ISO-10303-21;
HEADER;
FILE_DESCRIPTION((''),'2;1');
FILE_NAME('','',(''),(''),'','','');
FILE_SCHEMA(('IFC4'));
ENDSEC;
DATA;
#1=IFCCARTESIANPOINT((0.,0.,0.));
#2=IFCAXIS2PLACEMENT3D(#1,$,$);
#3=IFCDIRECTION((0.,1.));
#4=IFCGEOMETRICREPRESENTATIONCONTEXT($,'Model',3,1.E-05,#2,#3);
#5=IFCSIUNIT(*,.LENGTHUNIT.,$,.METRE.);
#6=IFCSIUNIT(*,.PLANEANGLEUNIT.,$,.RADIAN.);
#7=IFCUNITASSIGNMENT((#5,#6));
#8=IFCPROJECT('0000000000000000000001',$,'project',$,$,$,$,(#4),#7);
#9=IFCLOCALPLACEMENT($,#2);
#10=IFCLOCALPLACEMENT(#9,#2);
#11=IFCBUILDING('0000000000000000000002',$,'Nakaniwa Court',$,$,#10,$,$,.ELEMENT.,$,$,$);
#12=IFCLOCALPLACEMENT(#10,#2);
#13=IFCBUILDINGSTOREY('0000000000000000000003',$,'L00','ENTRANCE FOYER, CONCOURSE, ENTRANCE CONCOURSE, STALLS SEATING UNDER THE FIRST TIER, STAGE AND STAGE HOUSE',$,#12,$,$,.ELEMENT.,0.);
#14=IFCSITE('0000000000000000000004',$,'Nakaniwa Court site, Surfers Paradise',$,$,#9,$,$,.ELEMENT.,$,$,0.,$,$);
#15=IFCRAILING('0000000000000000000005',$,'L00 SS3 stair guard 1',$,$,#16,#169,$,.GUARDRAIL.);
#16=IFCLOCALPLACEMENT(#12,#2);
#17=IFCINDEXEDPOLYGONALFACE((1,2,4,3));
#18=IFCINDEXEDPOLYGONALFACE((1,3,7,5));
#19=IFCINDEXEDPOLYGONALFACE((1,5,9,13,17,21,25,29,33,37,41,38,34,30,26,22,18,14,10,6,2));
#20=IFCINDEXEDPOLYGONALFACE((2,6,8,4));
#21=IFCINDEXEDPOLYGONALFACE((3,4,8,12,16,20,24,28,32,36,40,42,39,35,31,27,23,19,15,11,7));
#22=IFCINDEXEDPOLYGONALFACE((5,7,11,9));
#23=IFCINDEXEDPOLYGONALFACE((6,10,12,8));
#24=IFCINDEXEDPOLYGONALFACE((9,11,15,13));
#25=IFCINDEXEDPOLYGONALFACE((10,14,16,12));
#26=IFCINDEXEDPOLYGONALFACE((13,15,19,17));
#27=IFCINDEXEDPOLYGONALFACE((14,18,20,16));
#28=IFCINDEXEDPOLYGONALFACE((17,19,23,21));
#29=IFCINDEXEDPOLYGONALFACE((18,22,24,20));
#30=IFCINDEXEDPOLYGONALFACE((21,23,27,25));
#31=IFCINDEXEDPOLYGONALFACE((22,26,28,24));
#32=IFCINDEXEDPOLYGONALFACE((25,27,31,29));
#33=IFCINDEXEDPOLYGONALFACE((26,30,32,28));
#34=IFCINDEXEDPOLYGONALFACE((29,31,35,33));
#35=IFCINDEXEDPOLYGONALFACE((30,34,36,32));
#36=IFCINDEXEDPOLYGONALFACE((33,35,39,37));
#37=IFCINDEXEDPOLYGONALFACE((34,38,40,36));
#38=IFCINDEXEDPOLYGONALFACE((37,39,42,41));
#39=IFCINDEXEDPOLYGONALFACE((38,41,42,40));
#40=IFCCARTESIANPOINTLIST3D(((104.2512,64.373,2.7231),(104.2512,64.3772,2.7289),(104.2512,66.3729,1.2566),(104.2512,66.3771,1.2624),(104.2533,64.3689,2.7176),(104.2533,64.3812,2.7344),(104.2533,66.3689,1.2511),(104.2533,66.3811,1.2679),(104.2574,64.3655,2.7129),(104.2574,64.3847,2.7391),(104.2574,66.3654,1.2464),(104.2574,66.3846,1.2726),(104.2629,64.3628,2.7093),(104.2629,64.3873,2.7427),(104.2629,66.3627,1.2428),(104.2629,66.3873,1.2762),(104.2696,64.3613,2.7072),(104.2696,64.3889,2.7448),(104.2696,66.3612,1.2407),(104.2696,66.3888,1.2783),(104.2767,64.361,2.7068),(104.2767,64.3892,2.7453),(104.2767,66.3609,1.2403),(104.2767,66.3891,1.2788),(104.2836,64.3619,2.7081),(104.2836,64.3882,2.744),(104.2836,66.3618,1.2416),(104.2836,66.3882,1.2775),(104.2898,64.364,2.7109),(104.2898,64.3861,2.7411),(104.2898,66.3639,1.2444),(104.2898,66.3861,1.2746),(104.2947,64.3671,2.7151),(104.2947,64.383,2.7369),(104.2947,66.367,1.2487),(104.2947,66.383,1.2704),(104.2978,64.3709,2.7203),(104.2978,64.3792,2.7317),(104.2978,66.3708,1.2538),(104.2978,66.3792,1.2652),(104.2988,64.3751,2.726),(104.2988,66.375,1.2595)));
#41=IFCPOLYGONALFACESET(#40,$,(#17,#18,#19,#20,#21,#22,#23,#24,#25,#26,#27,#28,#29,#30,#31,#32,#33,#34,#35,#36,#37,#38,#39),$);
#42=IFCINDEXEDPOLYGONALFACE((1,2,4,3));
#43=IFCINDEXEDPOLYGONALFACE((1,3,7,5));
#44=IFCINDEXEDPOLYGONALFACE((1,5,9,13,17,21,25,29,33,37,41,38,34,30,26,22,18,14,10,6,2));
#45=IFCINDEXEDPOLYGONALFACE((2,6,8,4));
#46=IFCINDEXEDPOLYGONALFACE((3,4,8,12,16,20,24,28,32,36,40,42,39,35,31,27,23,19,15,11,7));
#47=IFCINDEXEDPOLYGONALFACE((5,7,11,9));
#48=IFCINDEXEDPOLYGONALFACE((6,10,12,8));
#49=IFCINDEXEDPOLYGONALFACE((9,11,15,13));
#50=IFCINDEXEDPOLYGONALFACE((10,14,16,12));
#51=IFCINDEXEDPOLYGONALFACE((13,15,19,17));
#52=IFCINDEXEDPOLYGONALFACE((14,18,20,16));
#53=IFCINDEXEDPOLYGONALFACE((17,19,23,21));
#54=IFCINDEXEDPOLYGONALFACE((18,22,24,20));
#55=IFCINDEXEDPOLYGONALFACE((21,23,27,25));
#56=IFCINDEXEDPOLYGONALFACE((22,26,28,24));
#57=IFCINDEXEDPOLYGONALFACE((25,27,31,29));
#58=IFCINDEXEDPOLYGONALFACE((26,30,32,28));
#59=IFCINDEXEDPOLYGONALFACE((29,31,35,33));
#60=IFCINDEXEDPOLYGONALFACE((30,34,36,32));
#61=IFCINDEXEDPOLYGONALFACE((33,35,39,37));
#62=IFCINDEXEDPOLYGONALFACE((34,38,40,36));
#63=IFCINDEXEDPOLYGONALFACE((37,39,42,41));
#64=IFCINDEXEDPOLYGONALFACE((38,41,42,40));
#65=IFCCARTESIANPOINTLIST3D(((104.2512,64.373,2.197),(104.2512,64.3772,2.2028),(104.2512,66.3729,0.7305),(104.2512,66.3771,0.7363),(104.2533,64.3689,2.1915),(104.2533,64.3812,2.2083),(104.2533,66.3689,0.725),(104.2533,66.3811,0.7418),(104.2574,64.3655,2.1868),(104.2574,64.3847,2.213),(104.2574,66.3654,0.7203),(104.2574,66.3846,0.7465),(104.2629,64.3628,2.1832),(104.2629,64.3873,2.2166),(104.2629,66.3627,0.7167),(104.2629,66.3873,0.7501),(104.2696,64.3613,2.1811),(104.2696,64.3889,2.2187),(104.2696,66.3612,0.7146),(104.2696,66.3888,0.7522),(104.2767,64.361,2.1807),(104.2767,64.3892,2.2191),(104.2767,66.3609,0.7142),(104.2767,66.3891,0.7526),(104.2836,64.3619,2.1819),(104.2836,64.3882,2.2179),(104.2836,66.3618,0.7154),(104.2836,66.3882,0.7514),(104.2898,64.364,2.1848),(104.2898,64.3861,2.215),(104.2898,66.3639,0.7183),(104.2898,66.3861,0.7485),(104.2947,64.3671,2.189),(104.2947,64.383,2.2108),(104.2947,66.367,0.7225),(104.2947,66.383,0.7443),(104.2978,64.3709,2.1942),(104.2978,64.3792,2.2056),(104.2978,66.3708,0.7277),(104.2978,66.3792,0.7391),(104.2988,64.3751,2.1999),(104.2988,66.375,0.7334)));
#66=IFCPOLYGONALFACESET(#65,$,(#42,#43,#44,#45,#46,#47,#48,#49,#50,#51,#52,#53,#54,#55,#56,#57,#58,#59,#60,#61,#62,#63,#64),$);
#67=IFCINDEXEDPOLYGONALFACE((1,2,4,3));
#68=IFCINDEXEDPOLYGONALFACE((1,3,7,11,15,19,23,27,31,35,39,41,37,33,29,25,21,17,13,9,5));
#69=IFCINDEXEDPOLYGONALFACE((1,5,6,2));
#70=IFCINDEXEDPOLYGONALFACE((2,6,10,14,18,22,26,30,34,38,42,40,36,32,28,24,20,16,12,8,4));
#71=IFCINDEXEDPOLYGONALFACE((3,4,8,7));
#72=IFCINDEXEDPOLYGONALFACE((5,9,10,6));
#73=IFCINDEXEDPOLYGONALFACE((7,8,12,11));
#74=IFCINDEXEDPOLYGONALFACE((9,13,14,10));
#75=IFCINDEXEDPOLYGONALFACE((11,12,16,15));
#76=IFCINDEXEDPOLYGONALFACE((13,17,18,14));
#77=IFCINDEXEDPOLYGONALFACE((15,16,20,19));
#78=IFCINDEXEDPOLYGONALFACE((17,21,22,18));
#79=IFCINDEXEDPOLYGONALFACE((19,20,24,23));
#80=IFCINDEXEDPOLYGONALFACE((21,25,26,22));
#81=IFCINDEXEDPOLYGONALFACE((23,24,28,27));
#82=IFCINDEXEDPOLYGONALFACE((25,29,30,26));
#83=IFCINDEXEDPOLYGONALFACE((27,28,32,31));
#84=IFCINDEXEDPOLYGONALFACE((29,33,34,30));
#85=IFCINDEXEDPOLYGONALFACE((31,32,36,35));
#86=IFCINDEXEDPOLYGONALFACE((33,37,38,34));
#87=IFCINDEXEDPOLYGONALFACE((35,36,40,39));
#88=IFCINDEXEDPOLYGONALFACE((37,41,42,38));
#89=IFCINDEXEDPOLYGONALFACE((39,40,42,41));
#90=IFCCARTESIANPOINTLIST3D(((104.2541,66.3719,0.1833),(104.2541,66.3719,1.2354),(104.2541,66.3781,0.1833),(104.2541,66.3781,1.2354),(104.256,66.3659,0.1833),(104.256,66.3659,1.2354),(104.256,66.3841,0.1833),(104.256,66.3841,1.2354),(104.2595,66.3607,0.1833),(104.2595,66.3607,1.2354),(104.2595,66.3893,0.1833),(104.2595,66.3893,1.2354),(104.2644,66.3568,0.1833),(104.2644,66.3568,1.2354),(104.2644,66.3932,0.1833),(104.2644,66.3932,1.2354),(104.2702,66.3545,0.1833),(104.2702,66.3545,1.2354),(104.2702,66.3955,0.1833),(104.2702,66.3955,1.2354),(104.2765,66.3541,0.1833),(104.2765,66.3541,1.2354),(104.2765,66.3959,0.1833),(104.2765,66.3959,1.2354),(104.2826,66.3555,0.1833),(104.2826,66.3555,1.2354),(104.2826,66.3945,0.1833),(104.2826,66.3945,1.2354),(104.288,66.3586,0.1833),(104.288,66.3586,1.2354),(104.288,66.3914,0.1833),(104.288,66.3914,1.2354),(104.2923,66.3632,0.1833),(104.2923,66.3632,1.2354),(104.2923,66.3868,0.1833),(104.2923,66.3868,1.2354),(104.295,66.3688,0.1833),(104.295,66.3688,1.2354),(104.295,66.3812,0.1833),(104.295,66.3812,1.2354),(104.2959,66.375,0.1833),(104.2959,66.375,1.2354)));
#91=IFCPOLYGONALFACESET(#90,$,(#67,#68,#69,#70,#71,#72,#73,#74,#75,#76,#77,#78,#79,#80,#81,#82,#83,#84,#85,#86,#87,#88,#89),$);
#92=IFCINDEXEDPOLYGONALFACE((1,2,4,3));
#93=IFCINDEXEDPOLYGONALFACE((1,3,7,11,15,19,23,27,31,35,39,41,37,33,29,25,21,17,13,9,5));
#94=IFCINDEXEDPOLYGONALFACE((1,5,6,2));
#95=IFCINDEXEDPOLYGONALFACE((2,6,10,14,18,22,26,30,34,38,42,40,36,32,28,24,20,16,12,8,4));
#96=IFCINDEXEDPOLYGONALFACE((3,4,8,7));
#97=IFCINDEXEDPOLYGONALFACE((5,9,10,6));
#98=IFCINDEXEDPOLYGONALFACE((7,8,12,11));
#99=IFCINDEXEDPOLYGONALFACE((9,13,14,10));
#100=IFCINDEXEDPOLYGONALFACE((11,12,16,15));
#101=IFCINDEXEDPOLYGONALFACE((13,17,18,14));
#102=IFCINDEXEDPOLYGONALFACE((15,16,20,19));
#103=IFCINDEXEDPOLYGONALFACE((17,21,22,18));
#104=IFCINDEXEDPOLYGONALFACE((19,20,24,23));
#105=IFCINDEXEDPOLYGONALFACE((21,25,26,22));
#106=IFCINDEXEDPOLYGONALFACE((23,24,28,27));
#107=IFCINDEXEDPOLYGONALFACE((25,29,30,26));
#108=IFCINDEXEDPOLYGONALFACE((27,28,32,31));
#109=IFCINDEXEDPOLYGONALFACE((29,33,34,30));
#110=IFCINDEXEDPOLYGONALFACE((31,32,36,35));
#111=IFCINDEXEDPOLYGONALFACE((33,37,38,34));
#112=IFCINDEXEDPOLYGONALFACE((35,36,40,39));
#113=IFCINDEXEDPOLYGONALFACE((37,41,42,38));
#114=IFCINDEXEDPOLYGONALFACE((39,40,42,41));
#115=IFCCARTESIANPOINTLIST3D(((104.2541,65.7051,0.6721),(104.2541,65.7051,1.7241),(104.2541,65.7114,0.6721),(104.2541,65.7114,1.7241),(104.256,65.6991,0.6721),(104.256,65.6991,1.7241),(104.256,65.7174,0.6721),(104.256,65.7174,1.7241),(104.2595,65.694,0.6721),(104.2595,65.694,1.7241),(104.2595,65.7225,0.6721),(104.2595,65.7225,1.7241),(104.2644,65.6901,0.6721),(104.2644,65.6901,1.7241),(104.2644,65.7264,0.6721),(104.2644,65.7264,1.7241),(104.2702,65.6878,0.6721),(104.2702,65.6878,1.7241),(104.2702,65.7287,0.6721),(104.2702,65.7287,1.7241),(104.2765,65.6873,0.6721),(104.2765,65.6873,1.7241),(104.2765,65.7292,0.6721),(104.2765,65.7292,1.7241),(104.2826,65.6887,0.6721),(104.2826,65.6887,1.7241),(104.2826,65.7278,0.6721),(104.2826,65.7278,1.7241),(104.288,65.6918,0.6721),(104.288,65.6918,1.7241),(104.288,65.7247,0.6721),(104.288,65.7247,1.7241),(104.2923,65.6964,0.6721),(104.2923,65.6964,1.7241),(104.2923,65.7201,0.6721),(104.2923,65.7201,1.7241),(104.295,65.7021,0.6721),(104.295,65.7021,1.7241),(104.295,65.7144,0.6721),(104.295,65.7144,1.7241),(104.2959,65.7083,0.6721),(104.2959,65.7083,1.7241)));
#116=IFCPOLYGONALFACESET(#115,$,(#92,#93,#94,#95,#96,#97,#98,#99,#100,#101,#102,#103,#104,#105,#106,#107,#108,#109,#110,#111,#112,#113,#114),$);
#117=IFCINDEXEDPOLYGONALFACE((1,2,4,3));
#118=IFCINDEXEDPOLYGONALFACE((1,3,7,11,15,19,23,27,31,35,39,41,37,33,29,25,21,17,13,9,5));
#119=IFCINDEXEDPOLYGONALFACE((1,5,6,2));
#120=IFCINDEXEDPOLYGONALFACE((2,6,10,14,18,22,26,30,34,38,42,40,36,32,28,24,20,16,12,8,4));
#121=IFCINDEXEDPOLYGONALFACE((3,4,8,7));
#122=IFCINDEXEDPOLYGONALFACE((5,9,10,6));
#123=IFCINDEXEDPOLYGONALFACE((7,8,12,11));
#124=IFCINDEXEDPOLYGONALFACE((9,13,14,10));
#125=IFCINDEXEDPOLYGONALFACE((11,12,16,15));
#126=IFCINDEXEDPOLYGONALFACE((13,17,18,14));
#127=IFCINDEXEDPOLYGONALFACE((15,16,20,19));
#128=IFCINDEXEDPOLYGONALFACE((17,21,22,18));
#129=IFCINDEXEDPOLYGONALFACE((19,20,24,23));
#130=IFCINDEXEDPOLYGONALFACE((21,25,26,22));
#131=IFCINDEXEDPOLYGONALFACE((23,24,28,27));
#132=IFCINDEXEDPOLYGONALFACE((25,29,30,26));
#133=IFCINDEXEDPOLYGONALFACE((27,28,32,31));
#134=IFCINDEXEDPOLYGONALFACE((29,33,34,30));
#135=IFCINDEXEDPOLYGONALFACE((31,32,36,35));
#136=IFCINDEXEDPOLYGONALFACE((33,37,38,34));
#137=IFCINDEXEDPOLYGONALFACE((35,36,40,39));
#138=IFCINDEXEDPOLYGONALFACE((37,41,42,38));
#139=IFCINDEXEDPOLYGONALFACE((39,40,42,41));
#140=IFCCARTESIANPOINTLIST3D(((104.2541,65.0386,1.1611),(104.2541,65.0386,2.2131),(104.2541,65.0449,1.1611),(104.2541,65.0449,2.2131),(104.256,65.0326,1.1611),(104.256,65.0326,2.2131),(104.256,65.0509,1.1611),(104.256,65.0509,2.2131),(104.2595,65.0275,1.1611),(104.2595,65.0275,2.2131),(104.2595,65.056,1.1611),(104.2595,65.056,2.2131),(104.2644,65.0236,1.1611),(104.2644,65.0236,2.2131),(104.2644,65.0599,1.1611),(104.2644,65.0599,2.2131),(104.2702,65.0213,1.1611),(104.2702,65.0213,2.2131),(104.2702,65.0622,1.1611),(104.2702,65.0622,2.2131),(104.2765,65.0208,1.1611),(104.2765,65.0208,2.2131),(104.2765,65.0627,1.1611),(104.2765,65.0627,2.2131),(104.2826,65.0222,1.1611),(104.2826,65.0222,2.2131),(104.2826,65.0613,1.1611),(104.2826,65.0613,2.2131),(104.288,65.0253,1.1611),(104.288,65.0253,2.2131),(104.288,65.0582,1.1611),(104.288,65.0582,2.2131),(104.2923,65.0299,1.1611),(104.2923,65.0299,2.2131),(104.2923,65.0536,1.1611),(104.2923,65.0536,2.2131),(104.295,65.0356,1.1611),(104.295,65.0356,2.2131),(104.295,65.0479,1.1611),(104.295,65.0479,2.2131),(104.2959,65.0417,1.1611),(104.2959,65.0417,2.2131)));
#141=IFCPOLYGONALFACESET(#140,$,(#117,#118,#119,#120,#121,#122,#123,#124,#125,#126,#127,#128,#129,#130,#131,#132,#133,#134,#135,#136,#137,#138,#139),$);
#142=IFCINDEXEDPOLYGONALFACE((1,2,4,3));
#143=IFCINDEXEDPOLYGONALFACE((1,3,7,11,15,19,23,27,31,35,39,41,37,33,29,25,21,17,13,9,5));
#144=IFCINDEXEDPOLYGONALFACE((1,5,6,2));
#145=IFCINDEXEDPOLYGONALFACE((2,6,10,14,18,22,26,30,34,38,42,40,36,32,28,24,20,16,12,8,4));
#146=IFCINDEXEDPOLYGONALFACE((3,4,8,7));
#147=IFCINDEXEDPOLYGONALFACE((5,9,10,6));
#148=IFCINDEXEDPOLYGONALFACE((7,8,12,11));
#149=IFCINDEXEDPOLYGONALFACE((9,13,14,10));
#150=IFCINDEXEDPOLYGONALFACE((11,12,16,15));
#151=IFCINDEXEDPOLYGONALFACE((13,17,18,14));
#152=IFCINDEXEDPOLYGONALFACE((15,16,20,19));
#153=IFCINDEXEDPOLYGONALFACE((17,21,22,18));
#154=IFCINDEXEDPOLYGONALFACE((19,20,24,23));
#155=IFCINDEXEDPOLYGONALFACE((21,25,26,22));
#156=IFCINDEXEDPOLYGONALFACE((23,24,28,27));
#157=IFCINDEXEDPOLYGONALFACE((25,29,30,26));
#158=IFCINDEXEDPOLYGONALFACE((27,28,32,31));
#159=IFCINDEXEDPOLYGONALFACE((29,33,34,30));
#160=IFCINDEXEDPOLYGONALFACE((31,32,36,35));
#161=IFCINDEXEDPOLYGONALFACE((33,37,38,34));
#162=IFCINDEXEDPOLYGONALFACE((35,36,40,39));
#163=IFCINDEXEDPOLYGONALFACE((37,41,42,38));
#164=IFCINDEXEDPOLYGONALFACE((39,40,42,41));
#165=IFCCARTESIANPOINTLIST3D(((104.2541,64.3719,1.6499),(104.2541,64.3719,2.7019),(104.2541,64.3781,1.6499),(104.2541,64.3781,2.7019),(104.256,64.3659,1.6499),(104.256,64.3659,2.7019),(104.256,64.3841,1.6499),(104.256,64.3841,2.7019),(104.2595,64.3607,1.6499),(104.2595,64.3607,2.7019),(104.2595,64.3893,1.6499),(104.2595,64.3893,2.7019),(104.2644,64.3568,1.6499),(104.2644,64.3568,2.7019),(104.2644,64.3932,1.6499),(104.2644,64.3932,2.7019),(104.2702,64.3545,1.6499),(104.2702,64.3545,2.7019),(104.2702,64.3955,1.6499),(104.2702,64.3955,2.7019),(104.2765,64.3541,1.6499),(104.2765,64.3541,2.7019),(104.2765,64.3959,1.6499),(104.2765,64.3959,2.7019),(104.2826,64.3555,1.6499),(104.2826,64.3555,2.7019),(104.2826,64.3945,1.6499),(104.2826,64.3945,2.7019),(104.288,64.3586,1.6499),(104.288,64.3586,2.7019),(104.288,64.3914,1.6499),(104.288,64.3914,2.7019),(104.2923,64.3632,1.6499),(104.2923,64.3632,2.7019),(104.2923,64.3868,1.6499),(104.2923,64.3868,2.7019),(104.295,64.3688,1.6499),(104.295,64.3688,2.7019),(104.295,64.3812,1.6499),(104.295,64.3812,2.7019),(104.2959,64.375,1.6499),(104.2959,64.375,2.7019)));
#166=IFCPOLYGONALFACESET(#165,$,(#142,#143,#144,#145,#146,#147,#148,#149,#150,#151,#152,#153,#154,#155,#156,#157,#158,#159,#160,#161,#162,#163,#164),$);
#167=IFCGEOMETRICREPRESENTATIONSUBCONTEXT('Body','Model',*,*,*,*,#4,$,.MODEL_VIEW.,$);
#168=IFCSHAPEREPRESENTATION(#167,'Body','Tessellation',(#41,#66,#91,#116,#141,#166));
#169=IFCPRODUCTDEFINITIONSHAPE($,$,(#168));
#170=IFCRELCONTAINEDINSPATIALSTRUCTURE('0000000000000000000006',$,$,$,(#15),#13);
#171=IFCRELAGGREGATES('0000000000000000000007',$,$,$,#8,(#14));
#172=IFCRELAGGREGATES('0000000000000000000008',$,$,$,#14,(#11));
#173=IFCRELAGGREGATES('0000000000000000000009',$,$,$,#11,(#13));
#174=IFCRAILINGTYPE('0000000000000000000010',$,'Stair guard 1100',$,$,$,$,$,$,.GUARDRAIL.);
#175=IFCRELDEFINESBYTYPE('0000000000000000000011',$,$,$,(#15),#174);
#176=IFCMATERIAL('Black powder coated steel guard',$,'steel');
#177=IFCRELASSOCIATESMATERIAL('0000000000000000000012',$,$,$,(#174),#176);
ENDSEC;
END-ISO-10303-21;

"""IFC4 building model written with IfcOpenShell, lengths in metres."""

from ifc_helpers import new_model, si_unit, direction, frame, origin, origin_2d, place, context, subcontext, project, spatial, circle, extrude, material, type_object, element, save


model = new_model("IFC4")

# Units and contexts
model_context = context("Model", 3, precision=1e-05, world=origin(), true_north=direction((0.0, 1.0)))
body_context = subcontext(model_context, "Body", "Model", "MODEL_VIEW")
ifc_project = project(units=[si_unit("LENGTHUNIT", "METRE"), si_unit("PLANEANGLEUNIT", "RADIAN")], contexts=[model_context])

# Site, building, storey
site_placement = place(None, origin())
site = spatial("IfcSite", under=ifc_project, at=site_placement, Name="Nakaniwa Court site, Surfers Paradise", CompositionType="ELEMENT", RefElevation=0.0)
building_placement = place(site_placement, origin())
building = spatial("IfcBuilding", under=site, at=building_placement, Name="Nakaniwa Court", CompositionType="ELEMENT")
storey_placement = place(building_placement, origin())
storey = spatial("IfcBuildingStorey", under=building, at=storey_placement, Name="L00", Description="ENTRANCE FOYER, CONCOURSE, ENTRANCE CONCOURSE, STALLS SEATING UNDER THE FIRST TIER, STAGE AND STAGE HOUSE", CompositionType="ELEMENT", Elevation=0.0)

# Railing
ifc_material_1 = material(Name="Black powder coated steel guard", Category="steel")
railing_type_1 = type_object("IfcRailingType", Name="Stair guard 1100", PredefinedType="GUARDRAIL", material=ifc_material_1)
railing_1_placement = place(storey_placement, frame((104.2749, 66.375, 0.1833)))
element("IfcRailing", 1, at=railing_1_placement, inside=storey, type_object=railing_type_1, Name="L00 SS3 stair guard 1", PredefinedType="GUARDRAIL", context=body_context, shape_type="SweptSolid", body=[
    extrude(circle(Radius=0.0239, at=origin_2d()), frame((0.0, 0.0, 1.0762), z_axis=(0.0, -0.806427, 0.591334), x_axis=(1.0, 0.0, 0.0)), (0.0, 0.0, 1.0), 2.48),
    extrude(circle(Radius=0.0239, at=origin_2d()), frame((0.0, 0.0, 0.55), z_axis=(0.0, -0.806427, 0.591334), x_axis=(1.0, 0.0, 0.0)), (0.0, 0.0, 1.0), 2.48),
    extrude(circle(Radius=0.021, at=origin_2d()), origin(), (0.0, 0.0, 1.0), 1.052),
    extrude(circle(Radius=0.021, at=origin_2d()), frame((0.0, -0.6667, 0.4888)), (0.0, 0.0, 1.0), 1.052),
    extrude(circle(Radius=0.021, at=origin_2d()), frame((0.0, -1.3333, 0.9778)), (0.0, 0.0, 1.0), 1.052),
    extrude(circle(Radius=0.021, at=origin_2d()), frame((0.0, -2.0, 1.4666)), (0.0, 0.0, 1.0), 1.052),
])

save(model, "model.ifc")
